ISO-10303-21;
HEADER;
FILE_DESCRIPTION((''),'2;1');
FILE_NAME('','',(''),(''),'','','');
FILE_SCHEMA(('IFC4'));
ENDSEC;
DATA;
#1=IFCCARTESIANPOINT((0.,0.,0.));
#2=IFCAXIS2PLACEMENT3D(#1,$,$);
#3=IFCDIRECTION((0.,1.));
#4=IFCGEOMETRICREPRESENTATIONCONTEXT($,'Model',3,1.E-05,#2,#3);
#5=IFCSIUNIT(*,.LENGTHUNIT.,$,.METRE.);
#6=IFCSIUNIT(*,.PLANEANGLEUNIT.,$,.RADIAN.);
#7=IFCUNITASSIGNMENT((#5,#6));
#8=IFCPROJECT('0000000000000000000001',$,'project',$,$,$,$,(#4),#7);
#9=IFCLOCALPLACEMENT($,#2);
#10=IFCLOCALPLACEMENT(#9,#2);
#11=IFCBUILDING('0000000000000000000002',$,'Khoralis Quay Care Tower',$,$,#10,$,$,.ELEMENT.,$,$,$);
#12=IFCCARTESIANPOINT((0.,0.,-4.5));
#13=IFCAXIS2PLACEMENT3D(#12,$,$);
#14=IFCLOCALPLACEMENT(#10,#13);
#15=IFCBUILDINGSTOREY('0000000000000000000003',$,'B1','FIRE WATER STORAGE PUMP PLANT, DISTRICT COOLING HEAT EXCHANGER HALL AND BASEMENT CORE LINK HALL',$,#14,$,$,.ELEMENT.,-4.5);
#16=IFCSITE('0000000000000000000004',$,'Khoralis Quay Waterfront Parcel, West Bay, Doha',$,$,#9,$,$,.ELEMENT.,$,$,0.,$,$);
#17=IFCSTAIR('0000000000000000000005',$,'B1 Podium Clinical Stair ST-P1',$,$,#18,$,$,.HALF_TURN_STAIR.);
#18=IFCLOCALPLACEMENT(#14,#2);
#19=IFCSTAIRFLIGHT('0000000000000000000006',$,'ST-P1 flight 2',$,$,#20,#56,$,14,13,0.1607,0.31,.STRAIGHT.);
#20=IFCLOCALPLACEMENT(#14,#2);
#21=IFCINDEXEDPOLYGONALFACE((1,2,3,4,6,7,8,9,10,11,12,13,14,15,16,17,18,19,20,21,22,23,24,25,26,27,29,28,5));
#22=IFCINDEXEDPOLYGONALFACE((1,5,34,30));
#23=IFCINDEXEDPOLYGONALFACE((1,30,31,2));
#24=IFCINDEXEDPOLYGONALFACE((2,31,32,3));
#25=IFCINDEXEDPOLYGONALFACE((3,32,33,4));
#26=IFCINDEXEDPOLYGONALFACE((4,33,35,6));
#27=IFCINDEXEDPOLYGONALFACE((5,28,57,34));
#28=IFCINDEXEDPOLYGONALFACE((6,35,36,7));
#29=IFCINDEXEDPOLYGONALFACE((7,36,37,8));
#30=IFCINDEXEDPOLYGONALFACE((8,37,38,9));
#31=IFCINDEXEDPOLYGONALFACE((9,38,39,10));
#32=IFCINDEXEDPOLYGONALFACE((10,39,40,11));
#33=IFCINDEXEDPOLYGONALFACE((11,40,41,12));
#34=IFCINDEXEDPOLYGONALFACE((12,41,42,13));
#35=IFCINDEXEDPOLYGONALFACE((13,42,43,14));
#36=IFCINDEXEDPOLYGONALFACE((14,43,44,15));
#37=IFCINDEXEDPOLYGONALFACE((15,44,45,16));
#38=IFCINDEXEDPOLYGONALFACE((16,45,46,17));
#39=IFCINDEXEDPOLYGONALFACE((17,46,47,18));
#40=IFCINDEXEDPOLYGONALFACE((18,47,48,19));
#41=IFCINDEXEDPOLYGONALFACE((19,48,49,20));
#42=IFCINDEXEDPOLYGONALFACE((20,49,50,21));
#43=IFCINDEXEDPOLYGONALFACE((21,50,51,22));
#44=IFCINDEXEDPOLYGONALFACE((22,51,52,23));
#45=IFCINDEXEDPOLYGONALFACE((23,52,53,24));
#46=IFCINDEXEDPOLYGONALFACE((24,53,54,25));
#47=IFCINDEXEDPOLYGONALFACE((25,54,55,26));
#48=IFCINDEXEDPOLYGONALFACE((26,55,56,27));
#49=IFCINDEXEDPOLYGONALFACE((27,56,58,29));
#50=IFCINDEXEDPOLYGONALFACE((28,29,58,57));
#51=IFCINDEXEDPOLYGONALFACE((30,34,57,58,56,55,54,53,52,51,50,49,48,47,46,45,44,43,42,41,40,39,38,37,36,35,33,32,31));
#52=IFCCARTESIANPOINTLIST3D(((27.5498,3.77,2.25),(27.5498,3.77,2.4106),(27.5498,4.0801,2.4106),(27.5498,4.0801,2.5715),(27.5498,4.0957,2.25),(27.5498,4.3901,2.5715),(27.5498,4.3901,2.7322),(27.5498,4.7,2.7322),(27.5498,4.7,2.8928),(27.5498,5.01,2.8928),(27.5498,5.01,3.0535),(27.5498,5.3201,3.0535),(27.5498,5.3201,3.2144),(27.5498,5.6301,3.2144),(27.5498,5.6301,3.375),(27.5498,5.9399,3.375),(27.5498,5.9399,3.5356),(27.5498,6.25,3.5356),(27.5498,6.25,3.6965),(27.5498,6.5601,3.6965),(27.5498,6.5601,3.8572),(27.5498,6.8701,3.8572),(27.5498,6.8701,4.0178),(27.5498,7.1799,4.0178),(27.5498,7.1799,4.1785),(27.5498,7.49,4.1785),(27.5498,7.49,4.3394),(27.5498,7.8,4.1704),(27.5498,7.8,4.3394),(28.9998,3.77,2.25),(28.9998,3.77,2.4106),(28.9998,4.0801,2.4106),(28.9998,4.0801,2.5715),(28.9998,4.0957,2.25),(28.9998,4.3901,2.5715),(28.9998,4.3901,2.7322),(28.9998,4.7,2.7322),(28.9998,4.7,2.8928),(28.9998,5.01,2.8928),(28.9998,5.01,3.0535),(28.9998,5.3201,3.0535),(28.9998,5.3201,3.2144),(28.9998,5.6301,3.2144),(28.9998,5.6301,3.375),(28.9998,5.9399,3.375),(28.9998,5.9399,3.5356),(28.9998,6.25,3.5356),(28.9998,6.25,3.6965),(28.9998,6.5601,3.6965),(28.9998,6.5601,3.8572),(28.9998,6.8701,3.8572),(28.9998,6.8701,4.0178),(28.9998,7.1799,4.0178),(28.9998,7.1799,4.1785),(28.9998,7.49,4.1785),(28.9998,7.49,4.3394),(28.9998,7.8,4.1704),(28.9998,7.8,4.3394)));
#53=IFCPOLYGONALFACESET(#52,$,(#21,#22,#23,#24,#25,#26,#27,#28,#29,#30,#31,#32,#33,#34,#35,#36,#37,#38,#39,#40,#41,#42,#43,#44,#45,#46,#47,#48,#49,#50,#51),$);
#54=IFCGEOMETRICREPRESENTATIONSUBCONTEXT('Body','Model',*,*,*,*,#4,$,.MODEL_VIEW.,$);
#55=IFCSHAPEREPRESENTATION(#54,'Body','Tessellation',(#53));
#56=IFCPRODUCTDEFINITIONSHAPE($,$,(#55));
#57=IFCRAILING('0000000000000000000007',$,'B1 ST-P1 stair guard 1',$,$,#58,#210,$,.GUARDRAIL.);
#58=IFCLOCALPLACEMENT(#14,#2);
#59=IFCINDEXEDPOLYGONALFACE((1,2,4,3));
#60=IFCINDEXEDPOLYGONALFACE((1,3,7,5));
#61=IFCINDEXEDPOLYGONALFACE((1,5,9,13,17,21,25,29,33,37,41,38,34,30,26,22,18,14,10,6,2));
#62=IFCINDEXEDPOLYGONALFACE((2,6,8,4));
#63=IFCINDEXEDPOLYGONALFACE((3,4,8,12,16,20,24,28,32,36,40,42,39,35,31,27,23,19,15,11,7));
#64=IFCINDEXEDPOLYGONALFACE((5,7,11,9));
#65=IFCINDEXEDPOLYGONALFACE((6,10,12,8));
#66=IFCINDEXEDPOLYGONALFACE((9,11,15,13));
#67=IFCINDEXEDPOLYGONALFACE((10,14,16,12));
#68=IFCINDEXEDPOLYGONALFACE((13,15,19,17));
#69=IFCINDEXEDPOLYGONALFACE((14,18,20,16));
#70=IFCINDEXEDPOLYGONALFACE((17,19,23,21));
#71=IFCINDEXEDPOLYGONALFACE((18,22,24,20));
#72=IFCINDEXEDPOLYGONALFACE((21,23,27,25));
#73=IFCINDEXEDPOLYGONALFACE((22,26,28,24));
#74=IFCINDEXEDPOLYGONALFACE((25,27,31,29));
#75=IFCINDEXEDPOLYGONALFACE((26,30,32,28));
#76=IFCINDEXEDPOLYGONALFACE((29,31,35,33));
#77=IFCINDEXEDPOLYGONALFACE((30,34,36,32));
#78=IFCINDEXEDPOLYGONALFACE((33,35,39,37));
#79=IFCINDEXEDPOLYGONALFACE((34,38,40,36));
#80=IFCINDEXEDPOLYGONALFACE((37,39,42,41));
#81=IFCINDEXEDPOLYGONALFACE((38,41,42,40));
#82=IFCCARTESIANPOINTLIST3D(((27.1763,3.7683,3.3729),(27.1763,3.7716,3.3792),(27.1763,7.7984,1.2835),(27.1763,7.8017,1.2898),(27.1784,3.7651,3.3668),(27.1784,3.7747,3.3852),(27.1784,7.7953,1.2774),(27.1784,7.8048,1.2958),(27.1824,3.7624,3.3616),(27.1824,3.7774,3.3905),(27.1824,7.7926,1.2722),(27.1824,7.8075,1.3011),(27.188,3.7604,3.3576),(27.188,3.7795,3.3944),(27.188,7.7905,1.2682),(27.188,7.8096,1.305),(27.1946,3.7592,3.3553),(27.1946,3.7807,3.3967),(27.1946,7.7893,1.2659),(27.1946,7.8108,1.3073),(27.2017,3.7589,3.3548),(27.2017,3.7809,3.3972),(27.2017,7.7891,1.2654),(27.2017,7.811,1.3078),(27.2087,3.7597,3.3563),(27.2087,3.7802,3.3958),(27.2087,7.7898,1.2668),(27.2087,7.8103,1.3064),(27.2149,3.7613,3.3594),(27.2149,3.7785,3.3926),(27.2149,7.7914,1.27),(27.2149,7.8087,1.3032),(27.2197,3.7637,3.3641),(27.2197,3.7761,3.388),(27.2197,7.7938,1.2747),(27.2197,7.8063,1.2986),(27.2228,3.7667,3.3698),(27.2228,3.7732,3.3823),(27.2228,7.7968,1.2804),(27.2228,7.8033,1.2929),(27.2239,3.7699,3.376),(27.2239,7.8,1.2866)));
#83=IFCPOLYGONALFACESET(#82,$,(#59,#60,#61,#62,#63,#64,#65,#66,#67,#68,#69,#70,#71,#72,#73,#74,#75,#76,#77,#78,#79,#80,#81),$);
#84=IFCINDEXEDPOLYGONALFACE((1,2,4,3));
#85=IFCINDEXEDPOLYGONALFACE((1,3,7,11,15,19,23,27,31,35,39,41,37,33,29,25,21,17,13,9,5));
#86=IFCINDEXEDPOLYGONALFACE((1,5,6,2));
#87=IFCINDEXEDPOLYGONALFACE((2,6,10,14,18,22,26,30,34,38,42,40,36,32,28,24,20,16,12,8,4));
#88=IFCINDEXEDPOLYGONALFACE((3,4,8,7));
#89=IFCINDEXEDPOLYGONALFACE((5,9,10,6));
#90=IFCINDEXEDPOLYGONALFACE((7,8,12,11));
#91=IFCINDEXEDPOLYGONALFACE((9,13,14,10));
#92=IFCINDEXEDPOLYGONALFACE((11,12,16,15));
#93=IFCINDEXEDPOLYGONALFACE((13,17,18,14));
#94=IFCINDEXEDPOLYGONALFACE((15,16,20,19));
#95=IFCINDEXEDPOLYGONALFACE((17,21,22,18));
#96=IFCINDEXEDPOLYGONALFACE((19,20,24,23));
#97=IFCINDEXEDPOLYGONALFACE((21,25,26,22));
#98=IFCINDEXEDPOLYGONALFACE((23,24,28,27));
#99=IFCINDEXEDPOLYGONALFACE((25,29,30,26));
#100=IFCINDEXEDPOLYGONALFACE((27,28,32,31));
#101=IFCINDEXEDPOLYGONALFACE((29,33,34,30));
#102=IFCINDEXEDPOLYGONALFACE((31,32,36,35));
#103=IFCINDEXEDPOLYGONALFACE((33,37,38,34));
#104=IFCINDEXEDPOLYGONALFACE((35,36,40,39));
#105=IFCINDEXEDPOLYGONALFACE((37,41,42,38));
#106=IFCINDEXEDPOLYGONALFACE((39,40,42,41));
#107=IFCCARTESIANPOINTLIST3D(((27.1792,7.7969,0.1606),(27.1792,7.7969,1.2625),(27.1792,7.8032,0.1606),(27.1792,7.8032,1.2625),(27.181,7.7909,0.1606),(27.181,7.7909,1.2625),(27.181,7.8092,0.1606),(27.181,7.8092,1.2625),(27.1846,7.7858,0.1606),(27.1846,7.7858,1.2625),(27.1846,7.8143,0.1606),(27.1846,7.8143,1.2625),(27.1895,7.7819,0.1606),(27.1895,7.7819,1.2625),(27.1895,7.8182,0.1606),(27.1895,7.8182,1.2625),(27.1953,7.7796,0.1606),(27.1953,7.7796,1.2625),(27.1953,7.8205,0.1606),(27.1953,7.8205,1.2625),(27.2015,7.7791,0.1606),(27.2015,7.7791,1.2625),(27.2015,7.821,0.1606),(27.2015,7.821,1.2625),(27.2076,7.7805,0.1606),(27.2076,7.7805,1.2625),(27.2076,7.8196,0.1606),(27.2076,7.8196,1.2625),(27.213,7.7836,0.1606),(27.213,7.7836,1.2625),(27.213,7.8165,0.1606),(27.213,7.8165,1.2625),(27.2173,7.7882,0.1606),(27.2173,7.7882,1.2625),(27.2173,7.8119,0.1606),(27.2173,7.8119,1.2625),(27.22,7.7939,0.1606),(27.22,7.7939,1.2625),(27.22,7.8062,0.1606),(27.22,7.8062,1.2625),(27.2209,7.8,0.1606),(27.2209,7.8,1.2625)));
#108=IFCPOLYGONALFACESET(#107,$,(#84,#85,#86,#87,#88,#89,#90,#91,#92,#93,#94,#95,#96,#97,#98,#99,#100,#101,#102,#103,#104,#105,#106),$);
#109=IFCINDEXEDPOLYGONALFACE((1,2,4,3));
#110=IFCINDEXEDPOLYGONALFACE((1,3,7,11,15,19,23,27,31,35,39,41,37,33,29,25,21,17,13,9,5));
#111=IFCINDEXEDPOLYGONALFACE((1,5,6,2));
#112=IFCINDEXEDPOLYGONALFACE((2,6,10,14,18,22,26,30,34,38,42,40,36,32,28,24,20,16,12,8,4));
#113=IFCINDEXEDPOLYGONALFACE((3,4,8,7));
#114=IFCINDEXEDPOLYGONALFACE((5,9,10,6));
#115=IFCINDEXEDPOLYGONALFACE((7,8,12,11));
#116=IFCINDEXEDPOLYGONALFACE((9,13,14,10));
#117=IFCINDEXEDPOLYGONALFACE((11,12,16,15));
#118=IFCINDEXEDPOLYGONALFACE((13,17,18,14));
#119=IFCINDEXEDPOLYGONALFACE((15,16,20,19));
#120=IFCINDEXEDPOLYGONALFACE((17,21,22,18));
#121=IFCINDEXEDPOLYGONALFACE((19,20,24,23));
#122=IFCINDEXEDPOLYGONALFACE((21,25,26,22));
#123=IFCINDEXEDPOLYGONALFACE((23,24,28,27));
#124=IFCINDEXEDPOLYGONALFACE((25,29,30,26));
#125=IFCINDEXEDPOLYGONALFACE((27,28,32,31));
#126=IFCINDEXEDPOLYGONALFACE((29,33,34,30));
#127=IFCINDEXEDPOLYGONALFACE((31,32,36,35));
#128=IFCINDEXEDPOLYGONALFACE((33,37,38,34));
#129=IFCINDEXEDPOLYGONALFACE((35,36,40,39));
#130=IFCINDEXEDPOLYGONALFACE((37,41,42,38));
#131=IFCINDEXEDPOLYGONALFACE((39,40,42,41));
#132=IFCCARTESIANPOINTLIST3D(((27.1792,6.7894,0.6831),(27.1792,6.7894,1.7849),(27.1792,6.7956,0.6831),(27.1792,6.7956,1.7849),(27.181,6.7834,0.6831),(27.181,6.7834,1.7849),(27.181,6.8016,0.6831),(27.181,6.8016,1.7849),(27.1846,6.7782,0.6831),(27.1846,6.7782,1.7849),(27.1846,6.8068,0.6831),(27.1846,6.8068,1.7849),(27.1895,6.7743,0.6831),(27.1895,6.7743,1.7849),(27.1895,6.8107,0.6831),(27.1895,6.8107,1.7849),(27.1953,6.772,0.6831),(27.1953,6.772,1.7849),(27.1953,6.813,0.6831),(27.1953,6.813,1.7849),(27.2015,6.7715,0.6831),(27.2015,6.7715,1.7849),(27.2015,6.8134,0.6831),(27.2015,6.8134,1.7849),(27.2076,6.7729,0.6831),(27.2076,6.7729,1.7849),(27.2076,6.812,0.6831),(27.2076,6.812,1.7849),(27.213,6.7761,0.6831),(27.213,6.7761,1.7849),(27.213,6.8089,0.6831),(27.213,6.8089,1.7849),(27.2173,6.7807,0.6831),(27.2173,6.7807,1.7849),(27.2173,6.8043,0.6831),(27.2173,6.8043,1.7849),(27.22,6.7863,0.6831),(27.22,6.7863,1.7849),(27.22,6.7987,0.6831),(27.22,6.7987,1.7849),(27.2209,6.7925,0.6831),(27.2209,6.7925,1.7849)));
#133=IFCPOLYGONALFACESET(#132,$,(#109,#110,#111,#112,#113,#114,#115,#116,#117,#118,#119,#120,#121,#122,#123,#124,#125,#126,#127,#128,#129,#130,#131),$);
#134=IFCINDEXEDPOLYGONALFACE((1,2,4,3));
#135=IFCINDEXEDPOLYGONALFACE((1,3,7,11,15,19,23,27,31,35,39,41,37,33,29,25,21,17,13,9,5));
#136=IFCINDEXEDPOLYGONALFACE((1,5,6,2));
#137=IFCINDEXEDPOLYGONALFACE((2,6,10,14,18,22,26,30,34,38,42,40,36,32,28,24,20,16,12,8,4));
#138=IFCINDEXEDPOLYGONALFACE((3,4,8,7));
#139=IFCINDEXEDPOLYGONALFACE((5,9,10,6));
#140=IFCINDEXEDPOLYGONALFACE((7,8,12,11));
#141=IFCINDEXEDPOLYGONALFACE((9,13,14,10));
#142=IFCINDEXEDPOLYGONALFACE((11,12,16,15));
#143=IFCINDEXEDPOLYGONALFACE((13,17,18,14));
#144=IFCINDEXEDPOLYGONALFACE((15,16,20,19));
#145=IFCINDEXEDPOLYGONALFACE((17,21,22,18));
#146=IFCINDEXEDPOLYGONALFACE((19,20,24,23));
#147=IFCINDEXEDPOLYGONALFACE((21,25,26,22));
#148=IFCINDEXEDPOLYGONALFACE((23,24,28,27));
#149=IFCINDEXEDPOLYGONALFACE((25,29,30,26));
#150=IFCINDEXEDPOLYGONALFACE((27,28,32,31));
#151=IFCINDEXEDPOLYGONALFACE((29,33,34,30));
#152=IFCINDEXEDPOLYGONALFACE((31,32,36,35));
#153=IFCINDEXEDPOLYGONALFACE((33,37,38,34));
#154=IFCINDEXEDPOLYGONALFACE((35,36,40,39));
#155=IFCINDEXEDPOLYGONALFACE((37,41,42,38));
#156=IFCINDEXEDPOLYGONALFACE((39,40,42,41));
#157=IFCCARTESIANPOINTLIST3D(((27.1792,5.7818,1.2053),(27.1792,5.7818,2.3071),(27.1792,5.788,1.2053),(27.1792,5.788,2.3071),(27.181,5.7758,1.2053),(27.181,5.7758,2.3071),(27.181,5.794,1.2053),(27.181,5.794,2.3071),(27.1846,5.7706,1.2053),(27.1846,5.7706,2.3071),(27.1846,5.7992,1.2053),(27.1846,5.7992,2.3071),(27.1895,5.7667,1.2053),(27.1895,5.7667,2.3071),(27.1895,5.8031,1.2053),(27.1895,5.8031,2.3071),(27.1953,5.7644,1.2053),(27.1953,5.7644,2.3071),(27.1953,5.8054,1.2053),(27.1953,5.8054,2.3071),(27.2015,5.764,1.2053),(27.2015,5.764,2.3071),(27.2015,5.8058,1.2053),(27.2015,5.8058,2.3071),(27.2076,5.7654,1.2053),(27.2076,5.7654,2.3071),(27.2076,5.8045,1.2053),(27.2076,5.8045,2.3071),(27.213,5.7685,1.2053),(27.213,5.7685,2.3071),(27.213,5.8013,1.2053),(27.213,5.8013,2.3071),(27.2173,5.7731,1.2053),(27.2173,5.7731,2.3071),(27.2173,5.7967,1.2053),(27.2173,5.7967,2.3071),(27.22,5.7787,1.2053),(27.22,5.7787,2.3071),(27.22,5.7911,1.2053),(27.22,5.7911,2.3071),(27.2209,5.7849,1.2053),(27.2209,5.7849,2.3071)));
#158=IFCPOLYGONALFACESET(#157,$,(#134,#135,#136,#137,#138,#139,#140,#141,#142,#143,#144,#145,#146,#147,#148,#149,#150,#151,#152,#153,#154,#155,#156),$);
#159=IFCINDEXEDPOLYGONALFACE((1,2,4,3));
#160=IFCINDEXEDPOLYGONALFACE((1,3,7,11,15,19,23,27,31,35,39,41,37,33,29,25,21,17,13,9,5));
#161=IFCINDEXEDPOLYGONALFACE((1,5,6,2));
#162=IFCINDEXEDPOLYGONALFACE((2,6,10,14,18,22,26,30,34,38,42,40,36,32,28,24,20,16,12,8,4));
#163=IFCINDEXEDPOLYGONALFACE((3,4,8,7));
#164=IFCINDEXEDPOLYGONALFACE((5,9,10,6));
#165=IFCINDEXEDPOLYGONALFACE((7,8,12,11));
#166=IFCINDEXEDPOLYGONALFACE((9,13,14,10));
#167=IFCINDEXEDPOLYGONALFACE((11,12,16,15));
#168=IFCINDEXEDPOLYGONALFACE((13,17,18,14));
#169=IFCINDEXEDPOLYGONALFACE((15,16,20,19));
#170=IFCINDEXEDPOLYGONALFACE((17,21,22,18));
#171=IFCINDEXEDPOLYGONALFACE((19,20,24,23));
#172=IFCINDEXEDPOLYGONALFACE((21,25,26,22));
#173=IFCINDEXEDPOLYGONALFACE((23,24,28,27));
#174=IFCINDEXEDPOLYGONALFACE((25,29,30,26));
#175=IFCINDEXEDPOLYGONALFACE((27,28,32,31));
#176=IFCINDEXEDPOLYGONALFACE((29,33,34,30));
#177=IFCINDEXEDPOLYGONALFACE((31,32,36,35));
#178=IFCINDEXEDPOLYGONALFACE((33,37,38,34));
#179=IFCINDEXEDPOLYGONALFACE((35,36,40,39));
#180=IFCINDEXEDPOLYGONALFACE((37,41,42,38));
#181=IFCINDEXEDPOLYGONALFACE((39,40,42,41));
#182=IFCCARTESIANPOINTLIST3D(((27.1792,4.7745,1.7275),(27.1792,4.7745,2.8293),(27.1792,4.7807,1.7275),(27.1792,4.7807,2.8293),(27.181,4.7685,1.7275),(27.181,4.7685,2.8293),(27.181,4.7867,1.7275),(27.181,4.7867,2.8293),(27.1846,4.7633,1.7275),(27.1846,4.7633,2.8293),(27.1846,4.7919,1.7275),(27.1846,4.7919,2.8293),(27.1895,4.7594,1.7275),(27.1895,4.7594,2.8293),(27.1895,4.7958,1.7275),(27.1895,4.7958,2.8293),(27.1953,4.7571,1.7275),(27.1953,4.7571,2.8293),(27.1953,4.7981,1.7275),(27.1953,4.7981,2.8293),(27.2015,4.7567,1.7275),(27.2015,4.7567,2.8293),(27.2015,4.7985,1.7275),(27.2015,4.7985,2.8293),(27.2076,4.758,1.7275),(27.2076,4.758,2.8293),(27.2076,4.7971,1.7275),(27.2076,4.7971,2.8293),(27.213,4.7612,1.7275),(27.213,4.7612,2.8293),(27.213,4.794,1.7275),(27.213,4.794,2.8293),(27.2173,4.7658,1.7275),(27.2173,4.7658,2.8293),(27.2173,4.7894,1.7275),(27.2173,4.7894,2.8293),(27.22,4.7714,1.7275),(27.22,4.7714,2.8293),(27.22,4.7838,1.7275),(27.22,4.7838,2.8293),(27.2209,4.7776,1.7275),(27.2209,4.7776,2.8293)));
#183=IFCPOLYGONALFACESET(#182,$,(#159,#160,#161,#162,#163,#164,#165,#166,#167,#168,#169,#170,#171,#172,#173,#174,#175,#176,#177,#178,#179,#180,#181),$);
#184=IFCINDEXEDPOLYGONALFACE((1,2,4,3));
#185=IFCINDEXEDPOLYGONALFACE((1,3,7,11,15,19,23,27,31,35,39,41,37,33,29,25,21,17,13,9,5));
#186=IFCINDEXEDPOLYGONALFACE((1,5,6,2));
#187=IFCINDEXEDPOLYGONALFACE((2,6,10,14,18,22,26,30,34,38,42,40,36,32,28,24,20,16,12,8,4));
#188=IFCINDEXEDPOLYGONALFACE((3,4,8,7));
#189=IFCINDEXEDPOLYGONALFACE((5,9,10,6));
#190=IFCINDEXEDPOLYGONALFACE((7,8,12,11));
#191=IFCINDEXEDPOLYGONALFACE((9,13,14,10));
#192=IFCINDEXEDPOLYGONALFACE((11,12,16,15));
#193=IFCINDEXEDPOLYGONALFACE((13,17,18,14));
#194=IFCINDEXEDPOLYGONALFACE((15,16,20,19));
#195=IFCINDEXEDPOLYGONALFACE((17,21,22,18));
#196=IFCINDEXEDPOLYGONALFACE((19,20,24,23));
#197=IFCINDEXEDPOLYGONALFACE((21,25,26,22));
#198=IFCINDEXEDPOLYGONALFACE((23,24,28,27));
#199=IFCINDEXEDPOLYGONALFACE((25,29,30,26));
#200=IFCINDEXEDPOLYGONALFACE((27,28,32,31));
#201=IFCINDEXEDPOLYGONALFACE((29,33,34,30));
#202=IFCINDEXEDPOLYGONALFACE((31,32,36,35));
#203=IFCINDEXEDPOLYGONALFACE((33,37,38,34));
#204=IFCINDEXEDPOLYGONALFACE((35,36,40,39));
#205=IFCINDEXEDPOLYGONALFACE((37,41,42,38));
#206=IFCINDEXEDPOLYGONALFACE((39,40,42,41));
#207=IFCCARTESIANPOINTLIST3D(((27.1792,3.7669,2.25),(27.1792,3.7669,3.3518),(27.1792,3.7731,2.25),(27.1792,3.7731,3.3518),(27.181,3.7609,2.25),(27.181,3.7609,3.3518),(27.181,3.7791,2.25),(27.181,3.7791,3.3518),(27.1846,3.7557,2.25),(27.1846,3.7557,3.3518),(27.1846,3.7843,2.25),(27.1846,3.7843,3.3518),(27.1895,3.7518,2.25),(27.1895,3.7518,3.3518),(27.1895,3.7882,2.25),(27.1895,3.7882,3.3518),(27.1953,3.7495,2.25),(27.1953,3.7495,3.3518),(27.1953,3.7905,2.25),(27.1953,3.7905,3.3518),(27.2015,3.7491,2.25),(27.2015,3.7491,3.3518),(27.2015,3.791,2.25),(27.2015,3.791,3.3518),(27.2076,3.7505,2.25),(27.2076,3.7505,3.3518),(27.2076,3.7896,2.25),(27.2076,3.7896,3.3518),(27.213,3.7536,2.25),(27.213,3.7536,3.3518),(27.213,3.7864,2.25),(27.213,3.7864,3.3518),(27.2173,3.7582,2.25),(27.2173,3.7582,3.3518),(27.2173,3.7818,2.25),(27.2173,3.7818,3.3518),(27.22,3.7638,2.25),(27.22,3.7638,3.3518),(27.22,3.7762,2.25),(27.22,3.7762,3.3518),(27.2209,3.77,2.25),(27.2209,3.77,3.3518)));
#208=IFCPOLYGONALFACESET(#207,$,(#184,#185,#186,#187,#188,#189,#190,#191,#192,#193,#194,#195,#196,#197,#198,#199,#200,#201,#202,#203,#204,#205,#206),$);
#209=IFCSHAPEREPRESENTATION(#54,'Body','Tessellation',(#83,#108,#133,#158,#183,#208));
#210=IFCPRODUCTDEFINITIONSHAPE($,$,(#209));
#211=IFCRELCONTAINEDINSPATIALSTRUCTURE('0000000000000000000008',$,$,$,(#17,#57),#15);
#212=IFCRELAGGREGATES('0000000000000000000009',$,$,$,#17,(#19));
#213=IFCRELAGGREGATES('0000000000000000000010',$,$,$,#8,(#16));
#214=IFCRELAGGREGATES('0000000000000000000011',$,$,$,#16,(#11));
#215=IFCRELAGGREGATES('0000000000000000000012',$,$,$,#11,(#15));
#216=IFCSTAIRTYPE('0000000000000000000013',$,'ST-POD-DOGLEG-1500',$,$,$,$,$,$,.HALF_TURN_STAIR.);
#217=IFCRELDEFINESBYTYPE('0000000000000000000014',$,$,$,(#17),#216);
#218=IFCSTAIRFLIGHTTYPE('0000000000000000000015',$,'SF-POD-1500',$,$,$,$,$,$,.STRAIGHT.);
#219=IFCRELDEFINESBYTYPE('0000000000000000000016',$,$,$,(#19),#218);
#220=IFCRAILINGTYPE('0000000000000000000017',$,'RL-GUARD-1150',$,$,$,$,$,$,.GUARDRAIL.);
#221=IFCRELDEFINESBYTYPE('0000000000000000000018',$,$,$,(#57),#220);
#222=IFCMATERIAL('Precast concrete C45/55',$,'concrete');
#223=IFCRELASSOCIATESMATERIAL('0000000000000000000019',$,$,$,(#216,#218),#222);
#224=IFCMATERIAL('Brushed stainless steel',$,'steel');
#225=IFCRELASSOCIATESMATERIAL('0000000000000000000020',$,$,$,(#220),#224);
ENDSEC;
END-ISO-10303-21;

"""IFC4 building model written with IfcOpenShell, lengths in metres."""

from ifc_helpers import new_model, si_unit, direction, frame, origin, origin_2d, place, context, subcontext, project, spatial, polyline, circle, outline, extrude, source, transform, mapped, material, type_object, element, aggregate, save


model = new_model("IFC4")

# Units and contexts
model_context = context("Model", 3, precision=1e-05, world=origin(), true_north=direction((0.0, 1.0)))
body_context = subcontext(model_context, "Body", "Model", "MODEL_VIEW")
ifc_project = project(units=[si_unit("LENGTHUNIT", "METRE"), si_unit("PLANEANGLEUNIT", "RADIAN")], contexts=[model_context])

# Site, building, storey
site_placement = place(None, origin())
site = spatial("IfcSite", under=ifc_project, at=site_placement, Name="Khoralis Quay Waterfront Parcel, West Bay, Doha", CompositionType="ELEMENT", RefElevation=0.0)
building_placement = place(site_placement, origin())
building = spatial("IfcBuilding", under=site, at=building_placement, Name="Khoralis Quay Care Tower", CompositionType="ELEMENT")
storey_placement = place(building_placement, frame((0.0, 0.0, -4.5)))
storey = spatial("IfcBuildingStorey", under=building, at=storey_placement, Name="B1", Description="FIRE WATER STORAGE PUMP PLANT, DISTRICT COOLING HEAT EXCHANGER HALL AND BASEMENT CORE LINK HALL", CompositionType="ELEMENT", Elevation=-4.5)

# Stair, stair flight
ifc_material_1 = material(Name="Precast concrete C45/55", Category="concrete")
stair_type = type_object("IfcStairType", Name="ST-POD-DOGLEG-1500", PredefinedType="HALF_TURN_STAIR", material=ifc_material_1)
stair_placement = place(storey_placement, origin())
stair = element("IfcStair", 1, at=stair_placement, inside=storey, type_object=stair_type, Name="B1 Podium Clinical Stair ST-P1", PredefinedType="HALF_TURN_STAIR")
stair_flight_type = type_object("IfcStairFlightType", Name="SF-POD-1500", PredefinedType="STRAIGHT", material=ifc_material_1)
shared_shape_1 = source(origin(), body_context, "Body", "SweptSolid", [
    extrude(outline(polyline([(0.0, 0.0), (0.0, 0.1606), (0.3101, 0.1606), (0.3101, 0.3215), (0.6201, 0.3215), (0.6201, 0.4822), (0.9299, 0.4822), (0.9299, 0.6428), (1.24, 0.6428), (1.24, 0.8035), (1.55, 0.8035), (1.55, 0.9644), (1.8601, 0.9644), (1.8601, 1.125), (2.1699, 1.125), (2.1699, 1.2856), (2.48, 1.2856), (2.48, 1.4465), (2.79, 1.4465), (2.79, 1.6072), (3.1001, 1.6072), (3.1001, 1.7678), (3.4099, 1.7678), (3.4099, 1.9285), (3.72, 1.9285), (3.72, 2.0894), (4.03, 2.0894), (4.03, 2.25), (4.03, 1.9204), (0.3257, 0.0), (0.0, 0.0)])), frame((0.0, 0.7251, 0.0), z_axis=(0.0, -1.0, 0.0), x_axis=(1.0, 0.0, 0.0)), (0.0, 0.0, 1.0), 1.45),
])
stair_flight_1_placement = place(storey_placement, frame((28.2749, 3.77, 2.25), z_axis=(0.0, 0.0, 1.0), x_axis=(0.0, 1.0, 0.0)))
stair_flight_1 = element("IfcStairFlight", 2, at=stair_flight_1_placement, type_object=stair_flight_type, Name="ST-P1 flight 2", NumberOfRisers=14, NumberOfTreads=13, PredefinedType="STRAIGHT", RiserHeight=0.1607, TreadLength=0.31, context=body_context, shape_type="MappedRepresentation", body=[
    mapped(shared_shape_1, transform((0.0, 0.0, 0.0), scale=1.0)),
])
aggregate(stair, [stair_flight_1])

# Railing
ifc_material_2 = material(Name="Brushed stainless steel", Category="steel")
railing_type_1 = type_object("IfcRailingType", Name="RL-GUARD-1150", PredefinedType="GUARDRAIL", material=ifc_material_2)
railing_1_placement = place(storey_placement, frame((27.2, 7.8, 0.1606)))
element("IfcRailing", 3, at=railing_1_placement, inside=storey, type_object=railing_type_1, Name="B1 ST-P1 stair guard 1", PredefinedType="GUARDRAIL", context=body_context, shape_type="SweptSolid", body=[
    extrude(circle(Radius=0.0239, at=origin_2d()), frame((0.0, 0.0, 1.126), z_axis=(0.0, -0.887781, 0.460267), x_axis=(1.0, 0.0, 0.0)), (0.0, 0.0, 1.0), 4.5396),
    extrude(circle(Radius=0.021, at=origin_2d()), origin(), (0.0, 0.0, 1.0), 1.1018),
    extrude(circle(Radius=0.021, at=origin_2d()), frame((0.0, -1.0076, 0.5225)), (0.0, 0.0, 1.0), 1.1018),
    extrude(circle(Radius=0.021, at=origin_2d()), frame((0.0, -2.0151, 1.0447)), (0.0, 0.0, 1.0), 1.1018),
    extrude(circle(Radius=0.021, at=origin_2d()), frame((0.0, -3.0225, 1.5669)), (0.0, 0.0, 1.0), 1.1018),
    extrude(circle(Radius=0.021, at=origin_2d()), frame((0.0, -4.03, 2.0894)), (0.0, 0.0, 1.0), 1.1018),
])

save(model, "model.ifc")
